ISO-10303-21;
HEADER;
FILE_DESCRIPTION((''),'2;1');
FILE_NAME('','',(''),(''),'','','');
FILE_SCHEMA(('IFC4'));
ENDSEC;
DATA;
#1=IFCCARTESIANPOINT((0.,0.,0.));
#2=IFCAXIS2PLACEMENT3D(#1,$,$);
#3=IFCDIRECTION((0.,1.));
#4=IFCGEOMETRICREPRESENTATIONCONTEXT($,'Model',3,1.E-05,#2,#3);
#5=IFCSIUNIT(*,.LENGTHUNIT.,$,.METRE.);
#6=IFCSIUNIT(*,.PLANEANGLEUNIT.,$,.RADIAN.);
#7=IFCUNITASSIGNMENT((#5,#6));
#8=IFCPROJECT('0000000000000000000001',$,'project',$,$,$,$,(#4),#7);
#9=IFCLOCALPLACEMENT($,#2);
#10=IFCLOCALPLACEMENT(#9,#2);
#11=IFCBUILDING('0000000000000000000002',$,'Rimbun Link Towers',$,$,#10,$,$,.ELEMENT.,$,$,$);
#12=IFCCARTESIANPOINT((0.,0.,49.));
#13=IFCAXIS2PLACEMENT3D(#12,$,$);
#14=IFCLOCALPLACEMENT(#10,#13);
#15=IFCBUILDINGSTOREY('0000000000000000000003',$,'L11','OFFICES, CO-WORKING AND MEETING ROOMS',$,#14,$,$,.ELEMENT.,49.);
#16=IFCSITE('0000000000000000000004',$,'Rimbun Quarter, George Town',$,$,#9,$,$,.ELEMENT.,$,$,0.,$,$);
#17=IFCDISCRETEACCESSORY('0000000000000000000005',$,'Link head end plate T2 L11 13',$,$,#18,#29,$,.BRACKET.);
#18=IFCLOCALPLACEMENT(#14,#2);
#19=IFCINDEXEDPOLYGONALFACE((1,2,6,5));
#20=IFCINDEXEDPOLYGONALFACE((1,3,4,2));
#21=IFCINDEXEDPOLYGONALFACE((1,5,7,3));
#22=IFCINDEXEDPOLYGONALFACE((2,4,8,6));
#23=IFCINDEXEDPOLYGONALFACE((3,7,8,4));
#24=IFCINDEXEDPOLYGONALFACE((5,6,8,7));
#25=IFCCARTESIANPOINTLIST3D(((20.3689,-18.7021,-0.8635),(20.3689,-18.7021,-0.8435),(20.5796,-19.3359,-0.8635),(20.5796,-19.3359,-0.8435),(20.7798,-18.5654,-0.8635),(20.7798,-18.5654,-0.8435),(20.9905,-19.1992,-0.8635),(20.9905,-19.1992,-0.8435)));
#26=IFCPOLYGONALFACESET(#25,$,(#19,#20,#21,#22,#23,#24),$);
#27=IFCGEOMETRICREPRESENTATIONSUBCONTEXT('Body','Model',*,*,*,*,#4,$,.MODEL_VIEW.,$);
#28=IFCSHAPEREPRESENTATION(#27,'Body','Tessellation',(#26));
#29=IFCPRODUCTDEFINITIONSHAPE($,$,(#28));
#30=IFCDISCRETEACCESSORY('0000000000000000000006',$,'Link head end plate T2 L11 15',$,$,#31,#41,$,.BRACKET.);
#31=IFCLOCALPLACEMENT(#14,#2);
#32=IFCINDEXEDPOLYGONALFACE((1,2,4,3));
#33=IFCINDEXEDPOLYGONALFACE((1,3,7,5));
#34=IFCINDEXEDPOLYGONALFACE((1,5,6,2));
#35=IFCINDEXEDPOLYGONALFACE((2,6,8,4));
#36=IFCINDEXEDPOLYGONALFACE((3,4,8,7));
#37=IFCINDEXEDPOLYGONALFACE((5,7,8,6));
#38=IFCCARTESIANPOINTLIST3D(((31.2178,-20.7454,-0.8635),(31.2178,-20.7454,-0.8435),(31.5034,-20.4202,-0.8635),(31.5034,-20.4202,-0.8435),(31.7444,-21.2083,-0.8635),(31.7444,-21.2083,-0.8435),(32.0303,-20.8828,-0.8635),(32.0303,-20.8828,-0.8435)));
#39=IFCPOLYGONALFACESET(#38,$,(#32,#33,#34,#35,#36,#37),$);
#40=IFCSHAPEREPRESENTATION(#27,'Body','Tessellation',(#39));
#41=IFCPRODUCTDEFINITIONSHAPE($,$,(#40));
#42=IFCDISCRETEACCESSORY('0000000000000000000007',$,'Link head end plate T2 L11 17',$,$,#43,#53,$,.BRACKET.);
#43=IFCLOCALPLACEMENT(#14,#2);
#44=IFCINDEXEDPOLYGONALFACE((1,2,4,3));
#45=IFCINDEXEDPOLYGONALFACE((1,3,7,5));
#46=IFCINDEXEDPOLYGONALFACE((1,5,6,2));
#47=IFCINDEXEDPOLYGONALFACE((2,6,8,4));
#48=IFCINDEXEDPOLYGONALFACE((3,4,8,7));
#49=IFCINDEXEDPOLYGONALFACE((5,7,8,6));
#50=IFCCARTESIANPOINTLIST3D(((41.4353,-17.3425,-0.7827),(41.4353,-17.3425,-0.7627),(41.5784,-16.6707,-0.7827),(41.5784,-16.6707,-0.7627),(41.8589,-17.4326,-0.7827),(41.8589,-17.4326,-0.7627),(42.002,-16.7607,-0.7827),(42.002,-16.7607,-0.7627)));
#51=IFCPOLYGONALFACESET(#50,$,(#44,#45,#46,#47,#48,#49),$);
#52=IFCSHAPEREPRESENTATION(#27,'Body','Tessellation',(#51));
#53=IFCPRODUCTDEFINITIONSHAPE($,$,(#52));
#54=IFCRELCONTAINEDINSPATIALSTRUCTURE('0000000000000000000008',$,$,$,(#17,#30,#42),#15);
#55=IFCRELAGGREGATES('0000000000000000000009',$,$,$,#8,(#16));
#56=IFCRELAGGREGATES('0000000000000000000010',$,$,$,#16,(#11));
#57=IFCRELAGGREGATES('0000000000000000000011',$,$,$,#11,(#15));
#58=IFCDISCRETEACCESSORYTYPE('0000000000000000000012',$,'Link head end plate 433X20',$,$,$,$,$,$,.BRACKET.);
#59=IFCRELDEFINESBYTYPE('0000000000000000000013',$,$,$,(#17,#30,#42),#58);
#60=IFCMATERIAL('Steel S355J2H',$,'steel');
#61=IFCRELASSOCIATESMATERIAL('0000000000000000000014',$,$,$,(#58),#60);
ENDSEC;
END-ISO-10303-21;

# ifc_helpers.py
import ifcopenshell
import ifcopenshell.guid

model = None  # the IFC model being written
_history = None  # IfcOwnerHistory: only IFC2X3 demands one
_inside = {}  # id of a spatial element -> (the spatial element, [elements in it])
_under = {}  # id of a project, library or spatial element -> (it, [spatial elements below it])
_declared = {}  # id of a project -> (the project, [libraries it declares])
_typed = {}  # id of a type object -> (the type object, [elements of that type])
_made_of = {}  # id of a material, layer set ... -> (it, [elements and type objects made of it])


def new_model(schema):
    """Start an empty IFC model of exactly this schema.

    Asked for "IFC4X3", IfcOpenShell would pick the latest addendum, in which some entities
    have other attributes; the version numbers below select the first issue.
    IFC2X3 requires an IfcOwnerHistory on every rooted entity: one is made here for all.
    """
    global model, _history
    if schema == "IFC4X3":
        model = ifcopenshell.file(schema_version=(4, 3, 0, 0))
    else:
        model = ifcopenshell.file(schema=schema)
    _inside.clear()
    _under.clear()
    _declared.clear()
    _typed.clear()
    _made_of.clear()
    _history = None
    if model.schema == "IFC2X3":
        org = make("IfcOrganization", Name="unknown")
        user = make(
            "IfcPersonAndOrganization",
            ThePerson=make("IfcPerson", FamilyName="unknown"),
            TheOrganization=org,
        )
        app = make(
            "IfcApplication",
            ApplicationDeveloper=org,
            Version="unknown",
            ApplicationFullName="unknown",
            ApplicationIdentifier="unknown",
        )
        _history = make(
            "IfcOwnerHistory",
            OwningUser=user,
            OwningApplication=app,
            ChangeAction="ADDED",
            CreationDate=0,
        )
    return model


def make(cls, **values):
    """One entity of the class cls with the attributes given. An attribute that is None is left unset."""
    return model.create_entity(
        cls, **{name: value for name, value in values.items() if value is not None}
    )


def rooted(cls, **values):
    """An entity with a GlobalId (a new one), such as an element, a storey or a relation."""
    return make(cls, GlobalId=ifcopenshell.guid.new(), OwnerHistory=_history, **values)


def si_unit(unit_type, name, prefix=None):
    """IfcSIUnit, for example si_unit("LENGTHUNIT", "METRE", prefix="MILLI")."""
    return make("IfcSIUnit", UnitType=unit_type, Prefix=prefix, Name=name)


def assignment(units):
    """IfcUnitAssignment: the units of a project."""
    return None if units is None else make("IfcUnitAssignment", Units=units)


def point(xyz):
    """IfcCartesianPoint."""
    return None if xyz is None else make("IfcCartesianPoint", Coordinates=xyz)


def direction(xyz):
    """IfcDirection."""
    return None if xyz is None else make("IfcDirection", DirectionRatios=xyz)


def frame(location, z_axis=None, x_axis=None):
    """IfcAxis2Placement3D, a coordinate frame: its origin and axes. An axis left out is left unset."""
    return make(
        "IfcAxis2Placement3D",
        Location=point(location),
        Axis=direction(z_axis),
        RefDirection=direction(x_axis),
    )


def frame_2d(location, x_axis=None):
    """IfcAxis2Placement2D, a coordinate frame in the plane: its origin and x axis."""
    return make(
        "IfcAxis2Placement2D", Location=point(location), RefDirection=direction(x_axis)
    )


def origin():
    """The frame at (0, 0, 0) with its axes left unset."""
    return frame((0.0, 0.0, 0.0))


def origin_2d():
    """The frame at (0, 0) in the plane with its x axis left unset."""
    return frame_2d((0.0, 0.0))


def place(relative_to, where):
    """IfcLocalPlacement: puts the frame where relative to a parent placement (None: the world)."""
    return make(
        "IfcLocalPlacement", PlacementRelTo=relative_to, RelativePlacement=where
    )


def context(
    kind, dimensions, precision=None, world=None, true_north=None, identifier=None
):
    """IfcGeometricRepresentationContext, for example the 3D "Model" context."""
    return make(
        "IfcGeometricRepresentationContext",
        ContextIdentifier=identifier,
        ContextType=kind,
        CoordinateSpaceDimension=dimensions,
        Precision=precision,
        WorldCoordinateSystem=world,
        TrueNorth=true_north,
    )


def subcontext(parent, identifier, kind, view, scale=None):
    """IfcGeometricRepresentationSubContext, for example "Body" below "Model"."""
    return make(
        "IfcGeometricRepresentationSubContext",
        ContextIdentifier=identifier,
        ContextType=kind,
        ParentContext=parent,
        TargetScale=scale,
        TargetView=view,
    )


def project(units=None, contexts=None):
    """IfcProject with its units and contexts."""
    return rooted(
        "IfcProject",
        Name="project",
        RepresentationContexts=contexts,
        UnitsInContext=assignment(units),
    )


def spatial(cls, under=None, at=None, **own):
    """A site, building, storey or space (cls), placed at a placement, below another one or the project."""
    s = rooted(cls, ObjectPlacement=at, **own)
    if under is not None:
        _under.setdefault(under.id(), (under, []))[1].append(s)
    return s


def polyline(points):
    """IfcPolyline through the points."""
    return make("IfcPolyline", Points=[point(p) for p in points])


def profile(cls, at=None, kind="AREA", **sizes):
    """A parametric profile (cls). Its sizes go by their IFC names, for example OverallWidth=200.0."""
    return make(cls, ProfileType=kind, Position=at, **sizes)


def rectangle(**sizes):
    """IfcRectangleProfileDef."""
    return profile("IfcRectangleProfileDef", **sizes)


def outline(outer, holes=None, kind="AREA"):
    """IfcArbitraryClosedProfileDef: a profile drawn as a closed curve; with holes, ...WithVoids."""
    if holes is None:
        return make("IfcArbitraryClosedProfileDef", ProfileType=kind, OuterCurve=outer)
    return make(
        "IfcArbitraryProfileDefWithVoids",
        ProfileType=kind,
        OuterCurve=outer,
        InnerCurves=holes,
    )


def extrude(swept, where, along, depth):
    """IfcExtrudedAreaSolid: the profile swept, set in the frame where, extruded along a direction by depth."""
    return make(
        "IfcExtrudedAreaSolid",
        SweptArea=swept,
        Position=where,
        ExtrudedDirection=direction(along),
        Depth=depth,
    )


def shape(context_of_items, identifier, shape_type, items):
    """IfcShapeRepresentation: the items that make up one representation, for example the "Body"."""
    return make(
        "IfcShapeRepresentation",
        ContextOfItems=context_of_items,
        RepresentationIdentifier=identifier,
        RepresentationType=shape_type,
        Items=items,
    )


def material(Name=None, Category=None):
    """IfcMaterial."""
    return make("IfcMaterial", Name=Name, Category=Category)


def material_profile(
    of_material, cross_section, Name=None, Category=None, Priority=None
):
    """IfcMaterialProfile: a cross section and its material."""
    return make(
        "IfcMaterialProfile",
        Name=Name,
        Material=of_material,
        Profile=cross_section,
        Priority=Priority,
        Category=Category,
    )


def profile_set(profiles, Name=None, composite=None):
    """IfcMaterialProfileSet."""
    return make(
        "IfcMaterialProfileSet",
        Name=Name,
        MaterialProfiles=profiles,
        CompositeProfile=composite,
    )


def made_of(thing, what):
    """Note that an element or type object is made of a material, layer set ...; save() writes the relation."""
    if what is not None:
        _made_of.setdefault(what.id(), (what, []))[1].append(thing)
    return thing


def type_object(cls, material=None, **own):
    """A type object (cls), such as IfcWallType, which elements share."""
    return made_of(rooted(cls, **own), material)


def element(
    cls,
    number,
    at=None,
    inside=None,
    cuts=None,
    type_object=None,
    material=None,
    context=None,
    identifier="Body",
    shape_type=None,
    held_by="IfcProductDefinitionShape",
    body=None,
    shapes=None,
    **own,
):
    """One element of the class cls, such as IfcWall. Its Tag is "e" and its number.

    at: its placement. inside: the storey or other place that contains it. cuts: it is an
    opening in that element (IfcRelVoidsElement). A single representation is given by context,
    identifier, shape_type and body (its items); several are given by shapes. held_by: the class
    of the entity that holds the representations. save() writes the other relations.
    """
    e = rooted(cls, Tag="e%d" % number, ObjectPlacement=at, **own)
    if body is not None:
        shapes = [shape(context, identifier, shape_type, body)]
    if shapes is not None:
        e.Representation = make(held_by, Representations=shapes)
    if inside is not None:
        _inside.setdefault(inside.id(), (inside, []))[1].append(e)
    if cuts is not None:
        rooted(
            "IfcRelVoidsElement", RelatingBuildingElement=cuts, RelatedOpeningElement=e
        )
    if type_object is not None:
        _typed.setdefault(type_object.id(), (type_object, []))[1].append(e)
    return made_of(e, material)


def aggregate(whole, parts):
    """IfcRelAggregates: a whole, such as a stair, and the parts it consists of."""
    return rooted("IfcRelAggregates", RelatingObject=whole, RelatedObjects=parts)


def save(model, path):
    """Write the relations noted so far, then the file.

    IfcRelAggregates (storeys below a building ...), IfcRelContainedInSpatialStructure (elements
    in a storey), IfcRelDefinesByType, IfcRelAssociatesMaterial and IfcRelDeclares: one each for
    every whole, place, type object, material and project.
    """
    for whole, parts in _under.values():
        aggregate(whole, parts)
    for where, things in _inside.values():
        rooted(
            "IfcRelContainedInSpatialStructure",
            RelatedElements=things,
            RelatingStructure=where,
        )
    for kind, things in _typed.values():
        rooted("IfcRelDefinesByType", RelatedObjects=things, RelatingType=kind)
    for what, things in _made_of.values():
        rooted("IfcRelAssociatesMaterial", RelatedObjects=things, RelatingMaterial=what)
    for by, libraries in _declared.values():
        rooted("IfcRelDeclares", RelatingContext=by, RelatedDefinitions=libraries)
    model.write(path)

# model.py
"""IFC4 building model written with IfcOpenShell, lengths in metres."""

from ifc_helpers import new_model, si_unit, direction, frame, origin, origin_2d, place, context, subcontext, project, spatial, polyline, rectangle, outline, extrude, material, material_profile, profile_set, type_object, element, save


model = new_model("IFC4")

# Units and contexts
model_context = context("Model", 3, precision=1e-05, world=origin(), true_north=direction((0.0, 1.0)))
body_context = subcontext(model_context, "Body", "Model", "MODEL_VIEW")
ifc_project = project(units=[si_unit("LENGTHUNIT", "METRE"), si_unit("PLANEANGLEUNIT", "RADIAN")], contexts=[model_context])

# Site, building, storey
site_placement = place(None, origin())
site = spatial("IfcSite", under=ifc_project, at=site_placement, Name="Rimbun Quarter, George Town", CompositionType="ELEMENT", RefElevation=0.0)
building_placement = place(site_placement, origin())
building = spatial("IfcBuilding", under=site, at=building_placement, Name="Rimbun Link Towers", CompositionType="ELEMENT")
storey_placement = place(building_placement, frame((0.0, 0.0, 49.0)))
storey = spatial("IfcBuildingStorey", under=building, at=storey_placement, Name="L11", Description="OFFICES, CO-WORKING AND MEETING ROOMS", CompositionType="ELEMENT", Elevation=49.0)

# Discrete accessories
ifc_material_1 = material(Name="Steel S355J2H", Category="steel")
ifc_material_profile_1 = material_profile(ifc_material_1, rectangle(XDim=0.4331, YDim=0.4331, at=origin_2d()), Name="PL 433x433")
ifc_profile_set_1 = profile_set([ifc_material_profile_1], Name="Steel S355J2H")
discrete_accessory_type_1 = type_object("IfcDiscreteAccessoryType", Name="Link head end plate 433X20", PredefinedType="BRACKET", material=ifc_profile_set_1)
discrete_accessory_1_placement = place(storey_placement, frame((0.0, 0.0, -0.8635)))
element("IfcDiscreteAccessory", 1, at=discrete_accessory_1_placement, inside=storey, type_object=discrete_accessory_type_1, Name="Link head end plate T2 L11 13", PredefinedType="BRACKET", context=body_context, shape_type="SweptSolid", body=[
    extrude(outline(polyline([(20.3689, -18.7021), (20.5796, -19.3359), (20.9905, -19.1992), (20.7798, -18.5654), (20.3689, -18.7021)])), origin(), (0.0, 0.0, 1.0), 0.02),
])
discrete_accessory_2_placement = place(storey_placement, frame((0.0, 0.0, -0.8635)))
element("IfcDiscreteAccessory", 2, at=discrete_accessory_2_placement, inside=storey, type_object=discrete_accessory_type_1, Name="Link head end plate T2 L11 15", PredefinedType="BRACKET", context=body_context, shape_type="SweptSolid", body=[
    extrude(outline(polyline([(31.2178, -20.7454), (31.7444, -21.2083), (32.0303, -20.8828), (31.5034, -20.4202), (31.2178, -20.7454)])), origin(), (0.0, 0.0, 1.0), 0.02),
])
discrete_accessory_3_placement = place(storey_placement, frame((0.0, 0.0, -0.7827)))
element("IfcDiscreteAccessory", 3, at=discrete_accessory_3_placement, inside=storey, type_object=discrete_accessory_type_1, Name="Link head end plate T2 L11 17", PredefinedType="BRACKET", context=body_context, shape_type="SweptSolid", body=[
    extrude(outline(polyline([(41.5784, -16.6707), (41.4353, -17.3425), (41.8589, -17.4326), (42.002, -16.7607), (41.5784, -16.6707)])), origin(), (0.0, 0.0, 1.0), 0.02),
])

save(model, "model.ifc")
